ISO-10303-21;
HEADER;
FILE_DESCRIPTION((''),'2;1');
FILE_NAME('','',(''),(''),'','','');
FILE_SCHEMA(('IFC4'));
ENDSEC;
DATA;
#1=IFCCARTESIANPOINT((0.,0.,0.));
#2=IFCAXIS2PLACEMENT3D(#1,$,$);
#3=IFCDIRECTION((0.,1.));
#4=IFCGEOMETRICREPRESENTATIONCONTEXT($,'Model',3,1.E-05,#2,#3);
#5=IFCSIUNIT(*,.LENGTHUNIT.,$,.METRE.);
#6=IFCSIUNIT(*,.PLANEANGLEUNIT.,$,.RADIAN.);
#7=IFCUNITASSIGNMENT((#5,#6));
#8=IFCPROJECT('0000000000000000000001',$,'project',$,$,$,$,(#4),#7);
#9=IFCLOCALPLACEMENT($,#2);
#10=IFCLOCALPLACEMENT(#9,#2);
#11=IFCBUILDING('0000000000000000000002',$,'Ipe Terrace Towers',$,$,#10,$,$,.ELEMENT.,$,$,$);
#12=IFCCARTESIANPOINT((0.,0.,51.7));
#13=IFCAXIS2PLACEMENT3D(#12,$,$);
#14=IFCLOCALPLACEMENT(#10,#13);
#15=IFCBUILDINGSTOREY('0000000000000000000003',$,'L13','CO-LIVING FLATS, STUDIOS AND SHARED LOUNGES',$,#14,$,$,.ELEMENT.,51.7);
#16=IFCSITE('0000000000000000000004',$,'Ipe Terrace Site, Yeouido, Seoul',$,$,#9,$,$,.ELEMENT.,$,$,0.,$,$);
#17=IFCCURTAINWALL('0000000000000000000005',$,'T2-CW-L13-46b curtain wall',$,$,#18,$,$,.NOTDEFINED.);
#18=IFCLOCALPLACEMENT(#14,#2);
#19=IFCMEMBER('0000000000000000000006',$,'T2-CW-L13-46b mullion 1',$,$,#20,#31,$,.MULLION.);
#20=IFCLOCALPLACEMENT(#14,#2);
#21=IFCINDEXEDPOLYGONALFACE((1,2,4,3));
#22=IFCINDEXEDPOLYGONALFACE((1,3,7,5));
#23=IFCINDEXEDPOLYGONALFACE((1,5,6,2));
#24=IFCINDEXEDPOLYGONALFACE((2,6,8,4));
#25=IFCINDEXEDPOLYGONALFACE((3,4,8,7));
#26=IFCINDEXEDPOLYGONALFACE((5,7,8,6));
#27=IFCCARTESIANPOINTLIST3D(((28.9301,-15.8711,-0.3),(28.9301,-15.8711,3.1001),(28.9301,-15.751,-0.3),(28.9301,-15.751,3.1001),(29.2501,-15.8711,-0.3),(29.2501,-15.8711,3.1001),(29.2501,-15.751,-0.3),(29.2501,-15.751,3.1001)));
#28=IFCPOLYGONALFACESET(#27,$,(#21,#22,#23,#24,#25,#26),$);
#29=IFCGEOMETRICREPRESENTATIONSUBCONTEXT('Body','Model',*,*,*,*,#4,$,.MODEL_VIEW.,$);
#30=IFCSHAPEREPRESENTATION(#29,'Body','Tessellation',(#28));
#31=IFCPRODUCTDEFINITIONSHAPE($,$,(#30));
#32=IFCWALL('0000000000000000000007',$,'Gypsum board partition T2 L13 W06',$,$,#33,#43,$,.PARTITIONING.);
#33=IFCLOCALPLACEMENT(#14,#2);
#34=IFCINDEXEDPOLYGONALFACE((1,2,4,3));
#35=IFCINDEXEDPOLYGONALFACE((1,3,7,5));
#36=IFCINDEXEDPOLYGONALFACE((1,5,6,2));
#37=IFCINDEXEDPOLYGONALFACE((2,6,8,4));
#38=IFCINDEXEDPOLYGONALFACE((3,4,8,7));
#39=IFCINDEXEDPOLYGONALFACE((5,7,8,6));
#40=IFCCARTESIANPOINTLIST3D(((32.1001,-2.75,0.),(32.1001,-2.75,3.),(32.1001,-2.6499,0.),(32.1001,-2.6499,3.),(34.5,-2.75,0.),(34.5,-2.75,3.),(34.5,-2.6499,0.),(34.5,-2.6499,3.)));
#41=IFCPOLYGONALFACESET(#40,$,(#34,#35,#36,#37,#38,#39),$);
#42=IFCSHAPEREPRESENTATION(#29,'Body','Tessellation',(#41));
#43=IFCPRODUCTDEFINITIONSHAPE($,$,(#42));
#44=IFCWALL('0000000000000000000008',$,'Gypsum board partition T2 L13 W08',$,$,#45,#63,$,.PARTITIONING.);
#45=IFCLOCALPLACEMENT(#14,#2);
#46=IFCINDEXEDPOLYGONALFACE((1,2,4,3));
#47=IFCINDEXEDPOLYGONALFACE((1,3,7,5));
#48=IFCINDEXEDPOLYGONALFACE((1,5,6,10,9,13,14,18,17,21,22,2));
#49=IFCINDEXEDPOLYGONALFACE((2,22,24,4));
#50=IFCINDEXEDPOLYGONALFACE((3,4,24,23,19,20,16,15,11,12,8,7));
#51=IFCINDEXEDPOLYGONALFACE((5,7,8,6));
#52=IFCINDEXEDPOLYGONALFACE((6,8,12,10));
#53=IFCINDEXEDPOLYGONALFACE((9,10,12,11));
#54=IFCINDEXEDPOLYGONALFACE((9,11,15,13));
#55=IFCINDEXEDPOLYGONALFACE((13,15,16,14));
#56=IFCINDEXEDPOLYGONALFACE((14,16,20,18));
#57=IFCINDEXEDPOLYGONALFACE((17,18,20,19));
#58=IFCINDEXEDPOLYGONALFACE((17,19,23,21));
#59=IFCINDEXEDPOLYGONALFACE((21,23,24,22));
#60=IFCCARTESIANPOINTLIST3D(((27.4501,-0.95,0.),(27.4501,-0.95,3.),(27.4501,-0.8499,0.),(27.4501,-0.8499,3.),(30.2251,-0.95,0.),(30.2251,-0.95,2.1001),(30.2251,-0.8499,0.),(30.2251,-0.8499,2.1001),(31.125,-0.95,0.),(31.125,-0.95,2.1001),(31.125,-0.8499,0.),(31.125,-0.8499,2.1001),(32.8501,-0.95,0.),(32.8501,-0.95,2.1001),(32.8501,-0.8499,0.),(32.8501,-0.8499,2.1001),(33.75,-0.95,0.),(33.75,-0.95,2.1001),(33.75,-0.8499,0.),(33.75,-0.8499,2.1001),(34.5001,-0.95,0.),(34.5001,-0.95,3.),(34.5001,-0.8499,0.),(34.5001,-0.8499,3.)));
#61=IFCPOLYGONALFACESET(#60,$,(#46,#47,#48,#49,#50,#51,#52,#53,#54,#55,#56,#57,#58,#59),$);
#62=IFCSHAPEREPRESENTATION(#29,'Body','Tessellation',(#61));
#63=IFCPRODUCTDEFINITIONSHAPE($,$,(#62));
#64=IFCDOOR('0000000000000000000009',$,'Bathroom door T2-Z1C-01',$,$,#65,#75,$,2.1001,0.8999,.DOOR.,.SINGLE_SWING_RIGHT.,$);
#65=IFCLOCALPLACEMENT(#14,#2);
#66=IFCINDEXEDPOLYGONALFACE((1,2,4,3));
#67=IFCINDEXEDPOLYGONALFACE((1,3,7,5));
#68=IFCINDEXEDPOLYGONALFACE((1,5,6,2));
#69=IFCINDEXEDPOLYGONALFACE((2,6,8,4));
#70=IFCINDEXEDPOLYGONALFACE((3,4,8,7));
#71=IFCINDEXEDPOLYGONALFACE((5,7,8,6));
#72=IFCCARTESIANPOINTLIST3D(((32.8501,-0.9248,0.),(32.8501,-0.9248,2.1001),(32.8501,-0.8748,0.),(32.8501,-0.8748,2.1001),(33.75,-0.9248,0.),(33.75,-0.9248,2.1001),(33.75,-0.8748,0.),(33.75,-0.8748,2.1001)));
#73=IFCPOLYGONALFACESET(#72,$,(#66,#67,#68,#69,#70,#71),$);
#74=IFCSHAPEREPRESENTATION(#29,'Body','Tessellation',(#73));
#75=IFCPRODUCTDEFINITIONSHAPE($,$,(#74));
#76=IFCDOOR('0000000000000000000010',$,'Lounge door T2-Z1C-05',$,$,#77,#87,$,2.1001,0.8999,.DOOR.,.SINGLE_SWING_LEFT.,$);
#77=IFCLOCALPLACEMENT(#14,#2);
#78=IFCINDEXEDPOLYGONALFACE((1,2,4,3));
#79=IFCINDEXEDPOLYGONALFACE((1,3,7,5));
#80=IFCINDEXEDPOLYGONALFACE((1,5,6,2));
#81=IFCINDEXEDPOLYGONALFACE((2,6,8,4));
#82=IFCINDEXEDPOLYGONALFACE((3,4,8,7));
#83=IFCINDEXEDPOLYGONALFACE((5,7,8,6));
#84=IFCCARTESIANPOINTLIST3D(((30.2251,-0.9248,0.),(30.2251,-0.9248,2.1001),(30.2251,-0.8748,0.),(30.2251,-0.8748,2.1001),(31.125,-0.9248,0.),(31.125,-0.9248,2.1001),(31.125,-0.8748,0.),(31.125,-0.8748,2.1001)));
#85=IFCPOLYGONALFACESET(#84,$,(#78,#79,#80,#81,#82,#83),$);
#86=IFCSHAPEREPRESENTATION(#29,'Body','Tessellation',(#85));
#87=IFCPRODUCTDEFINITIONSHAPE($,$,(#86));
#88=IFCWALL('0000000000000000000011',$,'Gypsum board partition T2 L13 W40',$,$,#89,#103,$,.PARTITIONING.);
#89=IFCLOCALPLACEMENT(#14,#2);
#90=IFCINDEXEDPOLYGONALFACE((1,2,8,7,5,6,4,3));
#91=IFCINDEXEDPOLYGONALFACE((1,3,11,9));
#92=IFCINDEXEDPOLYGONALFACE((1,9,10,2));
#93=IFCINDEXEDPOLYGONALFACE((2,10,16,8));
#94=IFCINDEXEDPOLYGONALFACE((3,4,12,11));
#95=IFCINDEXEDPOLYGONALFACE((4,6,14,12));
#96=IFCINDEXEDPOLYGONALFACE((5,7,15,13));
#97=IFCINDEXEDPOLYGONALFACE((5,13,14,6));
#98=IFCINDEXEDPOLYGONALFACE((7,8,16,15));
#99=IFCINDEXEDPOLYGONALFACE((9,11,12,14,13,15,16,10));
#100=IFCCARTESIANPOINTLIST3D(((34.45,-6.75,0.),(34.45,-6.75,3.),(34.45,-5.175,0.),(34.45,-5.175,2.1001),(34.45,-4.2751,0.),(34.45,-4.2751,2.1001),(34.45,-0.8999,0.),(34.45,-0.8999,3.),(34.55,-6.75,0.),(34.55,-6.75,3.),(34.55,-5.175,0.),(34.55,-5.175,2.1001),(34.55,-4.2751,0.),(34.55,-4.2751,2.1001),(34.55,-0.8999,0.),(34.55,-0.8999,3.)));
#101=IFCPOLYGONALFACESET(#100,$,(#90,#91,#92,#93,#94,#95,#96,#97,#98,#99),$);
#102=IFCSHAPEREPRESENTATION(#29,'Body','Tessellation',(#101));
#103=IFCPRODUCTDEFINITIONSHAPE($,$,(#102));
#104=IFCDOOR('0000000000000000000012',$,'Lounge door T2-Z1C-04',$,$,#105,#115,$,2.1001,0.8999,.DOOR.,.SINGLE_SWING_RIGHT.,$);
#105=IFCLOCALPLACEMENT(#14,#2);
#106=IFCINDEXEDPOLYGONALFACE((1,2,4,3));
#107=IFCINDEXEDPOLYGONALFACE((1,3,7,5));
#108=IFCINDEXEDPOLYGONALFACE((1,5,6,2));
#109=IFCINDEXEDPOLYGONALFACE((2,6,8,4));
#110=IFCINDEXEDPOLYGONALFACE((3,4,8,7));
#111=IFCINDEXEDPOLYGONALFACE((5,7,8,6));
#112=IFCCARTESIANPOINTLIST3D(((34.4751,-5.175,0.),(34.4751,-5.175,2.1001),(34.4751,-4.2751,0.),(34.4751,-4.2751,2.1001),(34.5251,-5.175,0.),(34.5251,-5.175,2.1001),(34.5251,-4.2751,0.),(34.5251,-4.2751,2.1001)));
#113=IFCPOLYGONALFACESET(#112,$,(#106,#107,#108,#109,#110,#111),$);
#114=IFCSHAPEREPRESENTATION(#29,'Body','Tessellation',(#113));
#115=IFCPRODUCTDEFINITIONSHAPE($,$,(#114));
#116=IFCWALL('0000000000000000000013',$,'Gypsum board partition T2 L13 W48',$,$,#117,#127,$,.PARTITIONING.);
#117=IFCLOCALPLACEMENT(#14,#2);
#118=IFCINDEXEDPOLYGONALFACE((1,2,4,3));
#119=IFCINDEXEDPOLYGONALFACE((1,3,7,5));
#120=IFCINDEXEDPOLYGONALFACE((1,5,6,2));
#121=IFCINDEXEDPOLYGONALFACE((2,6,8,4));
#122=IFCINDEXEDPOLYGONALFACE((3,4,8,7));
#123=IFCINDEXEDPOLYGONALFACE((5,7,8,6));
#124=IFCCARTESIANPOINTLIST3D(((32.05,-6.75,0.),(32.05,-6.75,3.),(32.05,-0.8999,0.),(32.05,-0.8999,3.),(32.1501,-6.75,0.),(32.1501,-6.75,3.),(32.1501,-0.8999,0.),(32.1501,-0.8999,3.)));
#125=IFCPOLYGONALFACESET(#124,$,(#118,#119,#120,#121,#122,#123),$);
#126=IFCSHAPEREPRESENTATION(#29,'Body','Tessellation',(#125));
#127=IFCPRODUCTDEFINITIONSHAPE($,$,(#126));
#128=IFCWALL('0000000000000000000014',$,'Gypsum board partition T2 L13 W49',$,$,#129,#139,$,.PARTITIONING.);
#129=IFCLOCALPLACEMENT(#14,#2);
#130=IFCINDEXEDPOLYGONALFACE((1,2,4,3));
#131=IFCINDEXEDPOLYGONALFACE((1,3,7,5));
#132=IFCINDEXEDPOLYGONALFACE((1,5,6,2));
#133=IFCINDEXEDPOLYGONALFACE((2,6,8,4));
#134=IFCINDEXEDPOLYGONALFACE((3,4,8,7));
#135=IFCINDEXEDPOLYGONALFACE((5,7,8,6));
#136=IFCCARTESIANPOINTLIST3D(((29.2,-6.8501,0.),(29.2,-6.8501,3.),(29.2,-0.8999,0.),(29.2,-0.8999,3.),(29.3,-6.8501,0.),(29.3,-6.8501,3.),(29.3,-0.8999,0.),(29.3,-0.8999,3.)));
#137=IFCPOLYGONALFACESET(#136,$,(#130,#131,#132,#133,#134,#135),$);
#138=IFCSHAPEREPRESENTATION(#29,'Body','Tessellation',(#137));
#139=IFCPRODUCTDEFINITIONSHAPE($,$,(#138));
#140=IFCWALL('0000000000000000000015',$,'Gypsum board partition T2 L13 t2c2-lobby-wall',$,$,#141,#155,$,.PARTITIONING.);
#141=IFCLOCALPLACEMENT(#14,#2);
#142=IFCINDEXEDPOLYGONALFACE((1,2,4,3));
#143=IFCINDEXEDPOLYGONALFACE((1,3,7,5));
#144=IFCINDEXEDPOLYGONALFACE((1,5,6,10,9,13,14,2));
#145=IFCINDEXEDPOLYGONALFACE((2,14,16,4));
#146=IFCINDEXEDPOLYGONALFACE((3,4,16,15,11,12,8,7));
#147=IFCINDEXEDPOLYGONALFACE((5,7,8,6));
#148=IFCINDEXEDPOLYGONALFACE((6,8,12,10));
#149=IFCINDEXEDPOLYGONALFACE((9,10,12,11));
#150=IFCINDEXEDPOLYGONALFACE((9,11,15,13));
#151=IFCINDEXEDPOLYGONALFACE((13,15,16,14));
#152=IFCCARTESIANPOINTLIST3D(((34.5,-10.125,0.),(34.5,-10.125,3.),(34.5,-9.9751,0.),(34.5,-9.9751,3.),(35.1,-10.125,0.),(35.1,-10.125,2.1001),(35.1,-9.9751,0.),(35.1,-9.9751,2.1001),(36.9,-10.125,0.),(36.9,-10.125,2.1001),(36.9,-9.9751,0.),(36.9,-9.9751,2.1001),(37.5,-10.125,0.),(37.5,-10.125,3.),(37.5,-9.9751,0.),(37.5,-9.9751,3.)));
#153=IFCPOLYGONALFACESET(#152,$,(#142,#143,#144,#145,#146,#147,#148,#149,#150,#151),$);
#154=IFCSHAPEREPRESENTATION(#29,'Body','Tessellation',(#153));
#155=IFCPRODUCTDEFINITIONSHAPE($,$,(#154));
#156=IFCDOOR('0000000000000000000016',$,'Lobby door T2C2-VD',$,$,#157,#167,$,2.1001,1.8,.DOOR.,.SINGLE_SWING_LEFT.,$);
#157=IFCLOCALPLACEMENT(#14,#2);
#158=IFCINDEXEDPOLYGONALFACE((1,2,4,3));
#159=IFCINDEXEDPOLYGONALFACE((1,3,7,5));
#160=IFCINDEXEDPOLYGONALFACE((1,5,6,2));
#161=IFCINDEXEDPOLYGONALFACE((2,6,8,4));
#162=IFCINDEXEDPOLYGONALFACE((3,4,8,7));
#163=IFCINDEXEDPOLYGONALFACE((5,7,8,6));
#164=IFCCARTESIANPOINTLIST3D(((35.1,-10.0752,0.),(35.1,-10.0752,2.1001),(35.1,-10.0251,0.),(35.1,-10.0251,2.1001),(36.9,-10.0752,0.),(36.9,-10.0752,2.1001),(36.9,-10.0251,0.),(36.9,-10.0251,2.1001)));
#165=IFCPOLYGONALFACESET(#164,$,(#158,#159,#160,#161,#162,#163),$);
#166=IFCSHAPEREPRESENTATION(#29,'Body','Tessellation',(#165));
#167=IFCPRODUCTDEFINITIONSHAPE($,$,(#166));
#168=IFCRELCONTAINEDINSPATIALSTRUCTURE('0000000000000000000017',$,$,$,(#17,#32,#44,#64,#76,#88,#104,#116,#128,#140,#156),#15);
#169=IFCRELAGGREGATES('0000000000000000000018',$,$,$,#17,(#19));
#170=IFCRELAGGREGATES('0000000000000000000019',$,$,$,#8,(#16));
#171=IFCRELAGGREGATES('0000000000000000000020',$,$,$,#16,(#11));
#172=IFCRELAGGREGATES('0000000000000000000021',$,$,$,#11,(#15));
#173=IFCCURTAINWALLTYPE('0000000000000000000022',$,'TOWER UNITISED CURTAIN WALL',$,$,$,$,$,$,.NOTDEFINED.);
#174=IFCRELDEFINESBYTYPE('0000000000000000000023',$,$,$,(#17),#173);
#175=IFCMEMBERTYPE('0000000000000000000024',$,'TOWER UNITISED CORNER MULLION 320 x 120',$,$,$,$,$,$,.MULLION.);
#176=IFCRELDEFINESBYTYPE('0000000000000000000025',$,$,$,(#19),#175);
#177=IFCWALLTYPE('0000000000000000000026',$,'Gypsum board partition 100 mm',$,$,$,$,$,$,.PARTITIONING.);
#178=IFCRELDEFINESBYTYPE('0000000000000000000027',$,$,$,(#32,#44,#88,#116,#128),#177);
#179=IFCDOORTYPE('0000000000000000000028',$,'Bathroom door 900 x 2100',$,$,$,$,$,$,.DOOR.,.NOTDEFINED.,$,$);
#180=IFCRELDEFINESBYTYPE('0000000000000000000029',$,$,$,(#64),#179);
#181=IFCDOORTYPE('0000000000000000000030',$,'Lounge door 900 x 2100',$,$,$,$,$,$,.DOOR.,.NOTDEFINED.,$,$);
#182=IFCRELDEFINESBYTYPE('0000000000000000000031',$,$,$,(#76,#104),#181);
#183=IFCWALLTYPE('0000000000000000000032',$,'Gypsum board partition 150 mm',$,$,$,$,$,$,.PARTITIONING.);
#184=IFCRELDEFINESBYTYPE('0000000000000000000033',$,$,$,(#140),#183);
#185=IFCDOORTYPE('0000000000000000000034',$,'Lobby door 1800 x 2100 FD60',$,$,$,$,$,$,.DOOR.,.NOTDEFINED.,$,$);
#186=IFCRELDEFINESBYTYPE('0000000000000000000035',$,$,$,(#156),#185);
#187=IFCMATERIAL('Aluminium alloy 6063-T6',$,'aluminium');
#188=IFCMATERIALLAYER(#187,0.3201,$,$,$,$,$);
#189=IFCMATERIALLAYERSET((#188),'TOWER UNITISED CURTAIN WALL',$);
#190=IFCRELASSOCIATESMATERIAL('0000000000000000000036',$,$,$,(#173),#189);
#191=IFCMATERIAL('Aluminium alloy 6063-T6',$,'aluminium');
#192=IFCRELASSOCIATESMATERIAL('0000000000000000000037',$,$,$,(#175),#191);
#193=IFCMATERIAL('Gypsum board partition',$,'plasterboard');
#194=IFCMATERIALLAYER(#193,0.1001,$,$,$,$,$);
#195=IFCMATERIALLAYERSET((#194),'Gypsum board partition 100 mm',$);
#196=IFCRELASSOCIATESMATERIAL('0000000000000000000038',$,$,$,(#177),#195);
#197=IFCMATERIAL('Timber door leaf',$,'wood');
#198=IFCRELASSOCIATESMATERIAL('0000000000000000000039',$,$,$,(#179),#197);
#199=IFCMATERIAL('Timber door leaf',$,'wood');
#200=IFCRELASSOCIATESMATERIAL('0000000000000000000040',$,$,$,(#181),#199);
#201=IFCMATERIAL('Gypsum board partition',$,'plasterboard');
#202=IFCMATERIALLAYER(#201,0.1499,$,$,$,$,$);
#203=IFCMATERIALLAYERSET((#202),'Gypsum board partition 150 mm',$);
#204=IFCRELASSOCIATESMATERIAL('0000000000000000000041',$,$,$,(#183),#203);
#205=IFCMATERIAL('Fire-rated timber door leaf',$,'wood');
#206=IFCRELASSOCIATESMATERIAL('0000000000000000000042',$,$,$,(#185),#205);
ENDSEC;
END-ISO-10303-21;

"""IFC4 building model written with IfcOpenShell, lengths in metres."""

from ifc_helpers import new_model, si_unit, direction, frame, frame_2d, origin, origin_2d, place, context, subcontext, project, spatial, rectangle, extrude, material, layer, layer_set, material_profile, profile_set, type_object, element, fill, aggregate, save


model = new_model("IFC4")

# Units and contexts
model_context = context("Model", 3, precision=1e-05, world=origin(), true_north=direction((0.0, 1.0)))
body_context = subcontext(model_context, "Body", "Model", "MODEL_VIEW")
ifc_project = project(units=[si_unit("LENGTHUNIT", "METRE"), si_unit("PLANEANGLEUNIT", "RADIAN")], contexts=[model_context])

# Site, building, storey
site_placement = place(None, origin())
site = spatial("IfcSite", under=ifc_project, at=site_placement, Name="Ipe Terrace Site, Yeouido, Seoul", CompositionType="ELEMENT", RefElevation=0.0)
building_placement = place(site_placement, origin())
building = spatial("IfcBuilding", under=site, at=building_placement, Name="Ipe Terrace Towers", CompositionType="ELEMENT")
storey_placement = place(building_placement, frame((0.0, 0.0, 51.7)))
storey = spatial("IfcBuildingStorey", under=building, at=storey_placement, Name="L13", Description="CO-LIVING FLATS, STUDIOS AND SHARED LOUNGES", CompositionType="ELEMENT", Elevation=51.7)

# Curtain wall, member
ifc_material_1 = material(Name="Aluminium alloy 6063-T6", Category="aluminium")
ifc_layer_1 = layer(ifc_material_1, 0.3201)
ifc_layer_set_1 = layer_set([ifc_layer_1], Name="TOWER UNITISED CURTAIN WALL")
curtain_wall_type = type_object("IfcCurtainWallType", Name="TOWER UNITISED CURTAIN WALL", PredefinedType="NOTDEFINED", material=ifc_layer_set_1)
curtain_wall_placement = place(storey_placement, origin())
curtain_wall = element("IfcCurtainWall", 1, at=curtain_wall_placement, inside=storey, type_object=curtain_wall_type, Name="T2-CW-L13-46b curtain wall", PredefinedType="NOTDEFINED")
ifc_material_2 = material(Name="Aluminium alloy 6063-T6", Category="aluminium")
ifc_material_profile_1 = material_profile(ifc_material_2, rectangle(XDim=0.3201, YDim=0.1201, at=origin_2d()), Name="TOWER UNITISED CORNER MULLION 320 x 120")
ifc_profile_set_1 = profile_set([ifc_material_profile_1], Name="Aluminium alloy 6063-T6")
member_type = type_object("IfcMemberType", Name="TOWER UNITISED CORNER MULLION 320 x 120", PredefinedType="MULLION", material=ifc_profile_set_1)
member_placement = place(storey_placement, frame((29.0901, -15.811, -0.3), z_axis=(0.0, 0.0, 1.0), x_axis=(-1.0, 0.0, 0.0)))
member = element("IfcMember", 2, at=member_placement, type_object=member_type, Name="T2-CW-L13-46b mullion 1", PredefinedType="MULLION", context=body_context, shape_type="SweptSolid", body=[
    extrude(rectangle(XDim=0.3201, YDim=0.1201, at=origin_2d()), origin(), (0.0, 0.0, 1.0), 3.4001),
])
aggregate(curtain_wall, [member])

# Wall
ifc_material_3 = material(Name="Gypsum board partition", Category="plasterboard")
ifc_layer_2 = layer(ifc_material_3, 0.1001)
ifc_layer_set_2 = layer_set([ifc_layer_2], Name="Gypsum board partition 100 mm")
wall_type_1 = type_object("IfcWallType", Name="Gypsum board partition 100 mm", PredefinedType="PARTITIONING", material=ifc_layer_set_2)
wall_1_placement = place(storey_placement, frame((34.5, -2.7, 0.0), z_axis=(0.0, 0.0, 1.0), x_axis=(-1.0, 0.0, 0.0)))
element("IfcWall", 3, at=wall_1_placement, inside=storey, type_object=wall_type_1, Name="Gypsum board partition T2 L13 W06", PredefinedType="PARTITIONING", context=body_context, shape_type="SweptSolid", body=[
    extrude(rectangle(XDim=2.3999, YDim=0.1001, at=frame_2d((1.2, 0.0))), origin(), (0.0, 0.0, 1.0), 3.0),
])

# Wall, openings, doors
wall_2_placement = place(storey_placement, frame((34.5, -0.8999, 0.0), z_axis=(0.0, 0.0, 1.0), x_axis=(-1.0, 0.0, 0.0)))
wall_2 = element("IfcWall", 4, at=wall_2_placement, inside=storey, type_object=wall_type_1, Name="Gypsum board partition T2 L13 W08", PredefinedType="PARTITIONING", context=body_context, shape_type="SweptSolid", body=[
    extrude(rectangle(XDim=7.05, YDim=0.1001, at=frame_2d((3.5249, 0.0))), origin(), (0.0, 0.0, 1.0), 3.0),
])
opening_1_placement = place(wall_2_placement, frame((0.75, 0.0, 0.0)))
opening_1 = element("IfcOpeningElement", 5, at=opening_1_placement, cuts=wall_2, PredefinedType="OPENING", context=body_context, shape_type="SweptSolid", body=[
    extrude(rectangle(XDim=0.8999, YDim=2.1001, at=frame_2d((0.45, 1.05))), frame((0.0, 0.0601, 0.0), z_axis=(0.0, -1.0, 0.0), x_axis=(1.0, 0.0, 0.0)), (0.0, 0.0, 1.0), 0.1201),
])
opening_2_placement = place(wall_2_placement, frame((3.375, 0.0, 0.0)))
opening_2 = element("IfcOpeningElement", 6, at=opening_2_placement, cuts=wall_2, PredefinedType="OPENING", context=body_context, shape_type="SweptSolid", body=[
    extrude(rectangle(XDim=0.8999, YDim=2.1001, at=frame_2d((0.45, 1.05))), frame((0.0, 0.0601, 0.0), z_axis=(0.0, -1.0, 0.0), x_axis=(1.0, 0.0, 0.0)), (0.0, 0.0, 1.0), 0.1201),
])
ifc_material_4 = material(Name="Timber door leaf", Category="wood")
door_type_1 = type_object("IfcDoorType", Name="Bathroom door 900 x 2100", OperationType="NOTDEFINED", PredefinedType="DOOR", material=ifc_material_4)
door_1_placement = place(opening_1_placement, origin())
door_1 = element("IfcDoor", 7, at=door_1_placement, inside=storey, type_object=door_type_1, Name="Bathroom door T2-Z1C-01", OperationType="SINGLE_SWING_RIGHT", OverallHeight=2.1001, OverallWidth=0.8999, PredefinedType="DOOR", context=body_context, shape_type="SweptSolid", body=[
    extrude(rectangle(XDim=0.8999, YDim=2.1001, at=frame_2d((0.45, 1.05))), frame((0.0, 0.0249, 0.0), z_axis=(0.0, -1.0, 0.0), x_axis=(1.0, 0.0, 0.0)), (0.0, 0.0, 1.0), 0.05),
])
fill(opening_1, door_1)
ifc_material_5 = material(Name="Timber door leaf", Category="wood")
door_type_2 = type_object("IfcDoorType", Name="Lounge door 900 x 2100", OperationType="NOTDEFINED", PredefinedType="DOOR", material=ifc_material_5)
door_2_placement = place(opening_2_placement, origin())
door_2 = element("IfcDoor", 8, at=door_2_placement, inside=storey, type_object=door_type_2, Name="Lounge door T2-Z1C-05", OperationType="SINGLE_SWING_LEFT", OverallHeight=2.1001, OverallWidth=0.8999, PredefinedType="DOOR", context=body_context, shape_type="SweptSolid", body=[
    extrude(rectangle(XDim=0.8999, YDim=2.1001, at=frame_2d((0.45, 1.05))), frame((0.0, 0.0249, 0.0), z_axis=(0.0, -1.0, 0.0), x_axis=(1.0, 0.0, 0.0)), (0.0, 0.0, 1.0), 0.05),
])
fill(opening_2, door_2)

# Wall, opening, door
wall_3_placement = place(storey_placement, frame((34.5, -6.75, 0.0), z_axis=(0.0, 0.0, 1.0), x_axis=(0.0, 1.0, 0.0)))
wall_3 = element("IfcWall", 9, at=wall_3_placement, inside=storey, type_object=wall_type_1, Name="Gypsum board partition T2 L13 W40", PredefinedType="PARTITIONING", context=body_context, shape_type="SweptSolid", body=[
    extrude(rectangle(XDim=5.8501, YDim=0.1001, at=frame_2d((2.925, 0.0))), origin(), (0.0, 0.0, 1.0), 3.0),
])
opening_3_placement = place(wall_3_placement, frame((1.575, 0.0, 0.0)))
opening_3 = element("IfcOpeningElement", 10, at=opening_3_placement, cuts=wall_3, PredefinedType="OPENING", context=body_context, shape_type="SweptSolid", body=[
    extrude(rectangle(XDim=0.8999, YDim=2.1001, at=frame_2d((0.45, 1.05))), frame((0.0, 0.0601, 0.0), z_axis=(0.0, -1.0, 0.0), x_axis=(1.0, 0.0, 0.0)), (0.0, 0.0, 1.0), 0.1201),
])
door_3_placement = place(opening_3_placement, origin())
door_3 = element("IfcDoor", 11, at=door_3_placement, inside=storey, type_object=door_type_2, Name="Lounge door T2-Z1C-04", OperationType="SINGLE_SWING_RIGHT", OverallHeight=2.1001, OverallWidth=0.8999, PredefinedType="DOOR", context=body_context, shape_type="SweptSolid", body=[
    extrude(rectangle(XDim=0.8999, YDim=2.1001, at=frame_2d((0.45, 1.05))), frame((0.0, 0.0249, 0.0), z_axis=(0.0, -1.0, 0.0), x_axis=(1.0, 0.0, 0.0)), (0.0, 0.0, 1.0), 0.05),
])
fill(opening_3, door_3)

# Walls
wall_4_placement = place(storey_placement, frame((32.1001, -6.75, 0.0), z_axis=(0.0, 0.0, 1.0), x_axis=(0.0, 1.0, 0.0)))
element("IfcWall", 12, at=wall_4_placement, inside=storey, type_object=wall_type_1, Name="Gypsum board partition T2 L13 W48", PredefinedType="PARTITIONING", context=body_context, shape_type="SweptSolid", body=[
    extrude(rectangle(XDim=5.8501, YDim=0.1001, at=frame_2d((2.925, 0.0))), origin(), (0.0, 0.0, 1.0), 3.0),
])
wall_5_placement = place(storey_placement, frame((29.25, -6.8501, 0.0), z_axis=(0.0, 0.0, 1.0), x_axis=(0.0, 1.0, 0.0)))
element("IfcWall", 13, at=wall_5_placement, inside=storey, type_object=wall_type_1, Name="Gypsum board partition T2 L13 W49", PredefinedType="PARTITIONING", context=body_context, shape_type="SweptSolid", body=[
    extrude(rectangle(XDim=5.9502, YDim=0.1001, at=frame_2d((2.9751, 0.0))), origin(), (0.0, 0.0, 1.0), 3.0),
])

# Wall, opening, door
ifc_material_6 = material(Name="Gypsum board partition", Category="plasterboard")
ifc_layer_3 = layer(ifc_material_6, 0.1499)
ifc_layer_set_3 = layer_set([ifc_layer_3], Name="Gypsum board partition 150 mm")
wall_type_2 = type_object("IfcWallType", Name="Gypsum board partition 150 mm", PredefinedType="PARTITIONING", material=ifc_layer_set_3)
wall_6_placement = place(storey_placement, frame((34.5, -10.05, 0.0), z_axis=(0.0, 0.0, 1.0), x_axis=(1.0, 0.0, 0.0)))
wall_6 = element("IfcWall", 14, at=wall_6_placement, inside=storey, type_object=wall_type_2, Name="Gypsum board partition T2 L13 t2c2-lobby-wall", PredefinedType="PARTITIONING", context=body_context, shape_type="SweptSolid", body=[
    extrude(rectangle(XDim=3.0, YDim=0.1499, at=frame_2d((1.5, 0.0))), origin(), (0.0, 0.0, 1.0), 3.0),
])
opening_4_placement = place(wall_6_placement, frame((0.6001, 0.0, 0.0)))
opening_4 = element("IfcOpeningElement", 15, at=opening_4_placement, cuts=wall_6, PredefinedType="OPENING", context=body_context, shape_type="SweptSolid", body=[
    extrude(rectangle(XDim=1.8, YDim=2.1001, at=frame_2d((0.8999, 1.05))), frame((0.0, 0.085, 0.0), z_axis=(0.0, -1.0, 0.0), x_axis=(1.0, 0.0, 0.0)), (0.0, 0.0, 1.0), 0.1699),
])
ifc_material_7 = material(Name="Fire-rated timber door leaf", Category="wood")
door_type_3 = type_object("IfcDoorType", Name="Lobby door 1800 x 2100 FD60", OperationType="NOTDEFINED", PredefinedType="DOOR", material=ifc_material_7)
door_4_placement = place(opening_4_placement, origin())
door_4 = element("IfcDoor", 16, at=door_4_placement, inside=storey, type_object=door_type_3, Name="Lobby door T2C2-VD", OperationType="SINGLE_SWING_LEFT", OverallHeight=2.1001, OverallWidth=1.8, PredefinedType="DOOR", context=body_context, shape_type="SweptSolid", body=[
    extrude(rectangle(XDim=1.8, YDim=2.1001, at=frame_2d((0.8999, 1.05))), frame((0.0, 0.0249, 0.0), z_axis=(0.0, -1.0, 0.0), x_axis=(1.0, 0.0, 0.0)), (0.0, 0.0, 1.0), 0.05),
])
fill(opening_4, door_4)

save(model, "model.ifc")
